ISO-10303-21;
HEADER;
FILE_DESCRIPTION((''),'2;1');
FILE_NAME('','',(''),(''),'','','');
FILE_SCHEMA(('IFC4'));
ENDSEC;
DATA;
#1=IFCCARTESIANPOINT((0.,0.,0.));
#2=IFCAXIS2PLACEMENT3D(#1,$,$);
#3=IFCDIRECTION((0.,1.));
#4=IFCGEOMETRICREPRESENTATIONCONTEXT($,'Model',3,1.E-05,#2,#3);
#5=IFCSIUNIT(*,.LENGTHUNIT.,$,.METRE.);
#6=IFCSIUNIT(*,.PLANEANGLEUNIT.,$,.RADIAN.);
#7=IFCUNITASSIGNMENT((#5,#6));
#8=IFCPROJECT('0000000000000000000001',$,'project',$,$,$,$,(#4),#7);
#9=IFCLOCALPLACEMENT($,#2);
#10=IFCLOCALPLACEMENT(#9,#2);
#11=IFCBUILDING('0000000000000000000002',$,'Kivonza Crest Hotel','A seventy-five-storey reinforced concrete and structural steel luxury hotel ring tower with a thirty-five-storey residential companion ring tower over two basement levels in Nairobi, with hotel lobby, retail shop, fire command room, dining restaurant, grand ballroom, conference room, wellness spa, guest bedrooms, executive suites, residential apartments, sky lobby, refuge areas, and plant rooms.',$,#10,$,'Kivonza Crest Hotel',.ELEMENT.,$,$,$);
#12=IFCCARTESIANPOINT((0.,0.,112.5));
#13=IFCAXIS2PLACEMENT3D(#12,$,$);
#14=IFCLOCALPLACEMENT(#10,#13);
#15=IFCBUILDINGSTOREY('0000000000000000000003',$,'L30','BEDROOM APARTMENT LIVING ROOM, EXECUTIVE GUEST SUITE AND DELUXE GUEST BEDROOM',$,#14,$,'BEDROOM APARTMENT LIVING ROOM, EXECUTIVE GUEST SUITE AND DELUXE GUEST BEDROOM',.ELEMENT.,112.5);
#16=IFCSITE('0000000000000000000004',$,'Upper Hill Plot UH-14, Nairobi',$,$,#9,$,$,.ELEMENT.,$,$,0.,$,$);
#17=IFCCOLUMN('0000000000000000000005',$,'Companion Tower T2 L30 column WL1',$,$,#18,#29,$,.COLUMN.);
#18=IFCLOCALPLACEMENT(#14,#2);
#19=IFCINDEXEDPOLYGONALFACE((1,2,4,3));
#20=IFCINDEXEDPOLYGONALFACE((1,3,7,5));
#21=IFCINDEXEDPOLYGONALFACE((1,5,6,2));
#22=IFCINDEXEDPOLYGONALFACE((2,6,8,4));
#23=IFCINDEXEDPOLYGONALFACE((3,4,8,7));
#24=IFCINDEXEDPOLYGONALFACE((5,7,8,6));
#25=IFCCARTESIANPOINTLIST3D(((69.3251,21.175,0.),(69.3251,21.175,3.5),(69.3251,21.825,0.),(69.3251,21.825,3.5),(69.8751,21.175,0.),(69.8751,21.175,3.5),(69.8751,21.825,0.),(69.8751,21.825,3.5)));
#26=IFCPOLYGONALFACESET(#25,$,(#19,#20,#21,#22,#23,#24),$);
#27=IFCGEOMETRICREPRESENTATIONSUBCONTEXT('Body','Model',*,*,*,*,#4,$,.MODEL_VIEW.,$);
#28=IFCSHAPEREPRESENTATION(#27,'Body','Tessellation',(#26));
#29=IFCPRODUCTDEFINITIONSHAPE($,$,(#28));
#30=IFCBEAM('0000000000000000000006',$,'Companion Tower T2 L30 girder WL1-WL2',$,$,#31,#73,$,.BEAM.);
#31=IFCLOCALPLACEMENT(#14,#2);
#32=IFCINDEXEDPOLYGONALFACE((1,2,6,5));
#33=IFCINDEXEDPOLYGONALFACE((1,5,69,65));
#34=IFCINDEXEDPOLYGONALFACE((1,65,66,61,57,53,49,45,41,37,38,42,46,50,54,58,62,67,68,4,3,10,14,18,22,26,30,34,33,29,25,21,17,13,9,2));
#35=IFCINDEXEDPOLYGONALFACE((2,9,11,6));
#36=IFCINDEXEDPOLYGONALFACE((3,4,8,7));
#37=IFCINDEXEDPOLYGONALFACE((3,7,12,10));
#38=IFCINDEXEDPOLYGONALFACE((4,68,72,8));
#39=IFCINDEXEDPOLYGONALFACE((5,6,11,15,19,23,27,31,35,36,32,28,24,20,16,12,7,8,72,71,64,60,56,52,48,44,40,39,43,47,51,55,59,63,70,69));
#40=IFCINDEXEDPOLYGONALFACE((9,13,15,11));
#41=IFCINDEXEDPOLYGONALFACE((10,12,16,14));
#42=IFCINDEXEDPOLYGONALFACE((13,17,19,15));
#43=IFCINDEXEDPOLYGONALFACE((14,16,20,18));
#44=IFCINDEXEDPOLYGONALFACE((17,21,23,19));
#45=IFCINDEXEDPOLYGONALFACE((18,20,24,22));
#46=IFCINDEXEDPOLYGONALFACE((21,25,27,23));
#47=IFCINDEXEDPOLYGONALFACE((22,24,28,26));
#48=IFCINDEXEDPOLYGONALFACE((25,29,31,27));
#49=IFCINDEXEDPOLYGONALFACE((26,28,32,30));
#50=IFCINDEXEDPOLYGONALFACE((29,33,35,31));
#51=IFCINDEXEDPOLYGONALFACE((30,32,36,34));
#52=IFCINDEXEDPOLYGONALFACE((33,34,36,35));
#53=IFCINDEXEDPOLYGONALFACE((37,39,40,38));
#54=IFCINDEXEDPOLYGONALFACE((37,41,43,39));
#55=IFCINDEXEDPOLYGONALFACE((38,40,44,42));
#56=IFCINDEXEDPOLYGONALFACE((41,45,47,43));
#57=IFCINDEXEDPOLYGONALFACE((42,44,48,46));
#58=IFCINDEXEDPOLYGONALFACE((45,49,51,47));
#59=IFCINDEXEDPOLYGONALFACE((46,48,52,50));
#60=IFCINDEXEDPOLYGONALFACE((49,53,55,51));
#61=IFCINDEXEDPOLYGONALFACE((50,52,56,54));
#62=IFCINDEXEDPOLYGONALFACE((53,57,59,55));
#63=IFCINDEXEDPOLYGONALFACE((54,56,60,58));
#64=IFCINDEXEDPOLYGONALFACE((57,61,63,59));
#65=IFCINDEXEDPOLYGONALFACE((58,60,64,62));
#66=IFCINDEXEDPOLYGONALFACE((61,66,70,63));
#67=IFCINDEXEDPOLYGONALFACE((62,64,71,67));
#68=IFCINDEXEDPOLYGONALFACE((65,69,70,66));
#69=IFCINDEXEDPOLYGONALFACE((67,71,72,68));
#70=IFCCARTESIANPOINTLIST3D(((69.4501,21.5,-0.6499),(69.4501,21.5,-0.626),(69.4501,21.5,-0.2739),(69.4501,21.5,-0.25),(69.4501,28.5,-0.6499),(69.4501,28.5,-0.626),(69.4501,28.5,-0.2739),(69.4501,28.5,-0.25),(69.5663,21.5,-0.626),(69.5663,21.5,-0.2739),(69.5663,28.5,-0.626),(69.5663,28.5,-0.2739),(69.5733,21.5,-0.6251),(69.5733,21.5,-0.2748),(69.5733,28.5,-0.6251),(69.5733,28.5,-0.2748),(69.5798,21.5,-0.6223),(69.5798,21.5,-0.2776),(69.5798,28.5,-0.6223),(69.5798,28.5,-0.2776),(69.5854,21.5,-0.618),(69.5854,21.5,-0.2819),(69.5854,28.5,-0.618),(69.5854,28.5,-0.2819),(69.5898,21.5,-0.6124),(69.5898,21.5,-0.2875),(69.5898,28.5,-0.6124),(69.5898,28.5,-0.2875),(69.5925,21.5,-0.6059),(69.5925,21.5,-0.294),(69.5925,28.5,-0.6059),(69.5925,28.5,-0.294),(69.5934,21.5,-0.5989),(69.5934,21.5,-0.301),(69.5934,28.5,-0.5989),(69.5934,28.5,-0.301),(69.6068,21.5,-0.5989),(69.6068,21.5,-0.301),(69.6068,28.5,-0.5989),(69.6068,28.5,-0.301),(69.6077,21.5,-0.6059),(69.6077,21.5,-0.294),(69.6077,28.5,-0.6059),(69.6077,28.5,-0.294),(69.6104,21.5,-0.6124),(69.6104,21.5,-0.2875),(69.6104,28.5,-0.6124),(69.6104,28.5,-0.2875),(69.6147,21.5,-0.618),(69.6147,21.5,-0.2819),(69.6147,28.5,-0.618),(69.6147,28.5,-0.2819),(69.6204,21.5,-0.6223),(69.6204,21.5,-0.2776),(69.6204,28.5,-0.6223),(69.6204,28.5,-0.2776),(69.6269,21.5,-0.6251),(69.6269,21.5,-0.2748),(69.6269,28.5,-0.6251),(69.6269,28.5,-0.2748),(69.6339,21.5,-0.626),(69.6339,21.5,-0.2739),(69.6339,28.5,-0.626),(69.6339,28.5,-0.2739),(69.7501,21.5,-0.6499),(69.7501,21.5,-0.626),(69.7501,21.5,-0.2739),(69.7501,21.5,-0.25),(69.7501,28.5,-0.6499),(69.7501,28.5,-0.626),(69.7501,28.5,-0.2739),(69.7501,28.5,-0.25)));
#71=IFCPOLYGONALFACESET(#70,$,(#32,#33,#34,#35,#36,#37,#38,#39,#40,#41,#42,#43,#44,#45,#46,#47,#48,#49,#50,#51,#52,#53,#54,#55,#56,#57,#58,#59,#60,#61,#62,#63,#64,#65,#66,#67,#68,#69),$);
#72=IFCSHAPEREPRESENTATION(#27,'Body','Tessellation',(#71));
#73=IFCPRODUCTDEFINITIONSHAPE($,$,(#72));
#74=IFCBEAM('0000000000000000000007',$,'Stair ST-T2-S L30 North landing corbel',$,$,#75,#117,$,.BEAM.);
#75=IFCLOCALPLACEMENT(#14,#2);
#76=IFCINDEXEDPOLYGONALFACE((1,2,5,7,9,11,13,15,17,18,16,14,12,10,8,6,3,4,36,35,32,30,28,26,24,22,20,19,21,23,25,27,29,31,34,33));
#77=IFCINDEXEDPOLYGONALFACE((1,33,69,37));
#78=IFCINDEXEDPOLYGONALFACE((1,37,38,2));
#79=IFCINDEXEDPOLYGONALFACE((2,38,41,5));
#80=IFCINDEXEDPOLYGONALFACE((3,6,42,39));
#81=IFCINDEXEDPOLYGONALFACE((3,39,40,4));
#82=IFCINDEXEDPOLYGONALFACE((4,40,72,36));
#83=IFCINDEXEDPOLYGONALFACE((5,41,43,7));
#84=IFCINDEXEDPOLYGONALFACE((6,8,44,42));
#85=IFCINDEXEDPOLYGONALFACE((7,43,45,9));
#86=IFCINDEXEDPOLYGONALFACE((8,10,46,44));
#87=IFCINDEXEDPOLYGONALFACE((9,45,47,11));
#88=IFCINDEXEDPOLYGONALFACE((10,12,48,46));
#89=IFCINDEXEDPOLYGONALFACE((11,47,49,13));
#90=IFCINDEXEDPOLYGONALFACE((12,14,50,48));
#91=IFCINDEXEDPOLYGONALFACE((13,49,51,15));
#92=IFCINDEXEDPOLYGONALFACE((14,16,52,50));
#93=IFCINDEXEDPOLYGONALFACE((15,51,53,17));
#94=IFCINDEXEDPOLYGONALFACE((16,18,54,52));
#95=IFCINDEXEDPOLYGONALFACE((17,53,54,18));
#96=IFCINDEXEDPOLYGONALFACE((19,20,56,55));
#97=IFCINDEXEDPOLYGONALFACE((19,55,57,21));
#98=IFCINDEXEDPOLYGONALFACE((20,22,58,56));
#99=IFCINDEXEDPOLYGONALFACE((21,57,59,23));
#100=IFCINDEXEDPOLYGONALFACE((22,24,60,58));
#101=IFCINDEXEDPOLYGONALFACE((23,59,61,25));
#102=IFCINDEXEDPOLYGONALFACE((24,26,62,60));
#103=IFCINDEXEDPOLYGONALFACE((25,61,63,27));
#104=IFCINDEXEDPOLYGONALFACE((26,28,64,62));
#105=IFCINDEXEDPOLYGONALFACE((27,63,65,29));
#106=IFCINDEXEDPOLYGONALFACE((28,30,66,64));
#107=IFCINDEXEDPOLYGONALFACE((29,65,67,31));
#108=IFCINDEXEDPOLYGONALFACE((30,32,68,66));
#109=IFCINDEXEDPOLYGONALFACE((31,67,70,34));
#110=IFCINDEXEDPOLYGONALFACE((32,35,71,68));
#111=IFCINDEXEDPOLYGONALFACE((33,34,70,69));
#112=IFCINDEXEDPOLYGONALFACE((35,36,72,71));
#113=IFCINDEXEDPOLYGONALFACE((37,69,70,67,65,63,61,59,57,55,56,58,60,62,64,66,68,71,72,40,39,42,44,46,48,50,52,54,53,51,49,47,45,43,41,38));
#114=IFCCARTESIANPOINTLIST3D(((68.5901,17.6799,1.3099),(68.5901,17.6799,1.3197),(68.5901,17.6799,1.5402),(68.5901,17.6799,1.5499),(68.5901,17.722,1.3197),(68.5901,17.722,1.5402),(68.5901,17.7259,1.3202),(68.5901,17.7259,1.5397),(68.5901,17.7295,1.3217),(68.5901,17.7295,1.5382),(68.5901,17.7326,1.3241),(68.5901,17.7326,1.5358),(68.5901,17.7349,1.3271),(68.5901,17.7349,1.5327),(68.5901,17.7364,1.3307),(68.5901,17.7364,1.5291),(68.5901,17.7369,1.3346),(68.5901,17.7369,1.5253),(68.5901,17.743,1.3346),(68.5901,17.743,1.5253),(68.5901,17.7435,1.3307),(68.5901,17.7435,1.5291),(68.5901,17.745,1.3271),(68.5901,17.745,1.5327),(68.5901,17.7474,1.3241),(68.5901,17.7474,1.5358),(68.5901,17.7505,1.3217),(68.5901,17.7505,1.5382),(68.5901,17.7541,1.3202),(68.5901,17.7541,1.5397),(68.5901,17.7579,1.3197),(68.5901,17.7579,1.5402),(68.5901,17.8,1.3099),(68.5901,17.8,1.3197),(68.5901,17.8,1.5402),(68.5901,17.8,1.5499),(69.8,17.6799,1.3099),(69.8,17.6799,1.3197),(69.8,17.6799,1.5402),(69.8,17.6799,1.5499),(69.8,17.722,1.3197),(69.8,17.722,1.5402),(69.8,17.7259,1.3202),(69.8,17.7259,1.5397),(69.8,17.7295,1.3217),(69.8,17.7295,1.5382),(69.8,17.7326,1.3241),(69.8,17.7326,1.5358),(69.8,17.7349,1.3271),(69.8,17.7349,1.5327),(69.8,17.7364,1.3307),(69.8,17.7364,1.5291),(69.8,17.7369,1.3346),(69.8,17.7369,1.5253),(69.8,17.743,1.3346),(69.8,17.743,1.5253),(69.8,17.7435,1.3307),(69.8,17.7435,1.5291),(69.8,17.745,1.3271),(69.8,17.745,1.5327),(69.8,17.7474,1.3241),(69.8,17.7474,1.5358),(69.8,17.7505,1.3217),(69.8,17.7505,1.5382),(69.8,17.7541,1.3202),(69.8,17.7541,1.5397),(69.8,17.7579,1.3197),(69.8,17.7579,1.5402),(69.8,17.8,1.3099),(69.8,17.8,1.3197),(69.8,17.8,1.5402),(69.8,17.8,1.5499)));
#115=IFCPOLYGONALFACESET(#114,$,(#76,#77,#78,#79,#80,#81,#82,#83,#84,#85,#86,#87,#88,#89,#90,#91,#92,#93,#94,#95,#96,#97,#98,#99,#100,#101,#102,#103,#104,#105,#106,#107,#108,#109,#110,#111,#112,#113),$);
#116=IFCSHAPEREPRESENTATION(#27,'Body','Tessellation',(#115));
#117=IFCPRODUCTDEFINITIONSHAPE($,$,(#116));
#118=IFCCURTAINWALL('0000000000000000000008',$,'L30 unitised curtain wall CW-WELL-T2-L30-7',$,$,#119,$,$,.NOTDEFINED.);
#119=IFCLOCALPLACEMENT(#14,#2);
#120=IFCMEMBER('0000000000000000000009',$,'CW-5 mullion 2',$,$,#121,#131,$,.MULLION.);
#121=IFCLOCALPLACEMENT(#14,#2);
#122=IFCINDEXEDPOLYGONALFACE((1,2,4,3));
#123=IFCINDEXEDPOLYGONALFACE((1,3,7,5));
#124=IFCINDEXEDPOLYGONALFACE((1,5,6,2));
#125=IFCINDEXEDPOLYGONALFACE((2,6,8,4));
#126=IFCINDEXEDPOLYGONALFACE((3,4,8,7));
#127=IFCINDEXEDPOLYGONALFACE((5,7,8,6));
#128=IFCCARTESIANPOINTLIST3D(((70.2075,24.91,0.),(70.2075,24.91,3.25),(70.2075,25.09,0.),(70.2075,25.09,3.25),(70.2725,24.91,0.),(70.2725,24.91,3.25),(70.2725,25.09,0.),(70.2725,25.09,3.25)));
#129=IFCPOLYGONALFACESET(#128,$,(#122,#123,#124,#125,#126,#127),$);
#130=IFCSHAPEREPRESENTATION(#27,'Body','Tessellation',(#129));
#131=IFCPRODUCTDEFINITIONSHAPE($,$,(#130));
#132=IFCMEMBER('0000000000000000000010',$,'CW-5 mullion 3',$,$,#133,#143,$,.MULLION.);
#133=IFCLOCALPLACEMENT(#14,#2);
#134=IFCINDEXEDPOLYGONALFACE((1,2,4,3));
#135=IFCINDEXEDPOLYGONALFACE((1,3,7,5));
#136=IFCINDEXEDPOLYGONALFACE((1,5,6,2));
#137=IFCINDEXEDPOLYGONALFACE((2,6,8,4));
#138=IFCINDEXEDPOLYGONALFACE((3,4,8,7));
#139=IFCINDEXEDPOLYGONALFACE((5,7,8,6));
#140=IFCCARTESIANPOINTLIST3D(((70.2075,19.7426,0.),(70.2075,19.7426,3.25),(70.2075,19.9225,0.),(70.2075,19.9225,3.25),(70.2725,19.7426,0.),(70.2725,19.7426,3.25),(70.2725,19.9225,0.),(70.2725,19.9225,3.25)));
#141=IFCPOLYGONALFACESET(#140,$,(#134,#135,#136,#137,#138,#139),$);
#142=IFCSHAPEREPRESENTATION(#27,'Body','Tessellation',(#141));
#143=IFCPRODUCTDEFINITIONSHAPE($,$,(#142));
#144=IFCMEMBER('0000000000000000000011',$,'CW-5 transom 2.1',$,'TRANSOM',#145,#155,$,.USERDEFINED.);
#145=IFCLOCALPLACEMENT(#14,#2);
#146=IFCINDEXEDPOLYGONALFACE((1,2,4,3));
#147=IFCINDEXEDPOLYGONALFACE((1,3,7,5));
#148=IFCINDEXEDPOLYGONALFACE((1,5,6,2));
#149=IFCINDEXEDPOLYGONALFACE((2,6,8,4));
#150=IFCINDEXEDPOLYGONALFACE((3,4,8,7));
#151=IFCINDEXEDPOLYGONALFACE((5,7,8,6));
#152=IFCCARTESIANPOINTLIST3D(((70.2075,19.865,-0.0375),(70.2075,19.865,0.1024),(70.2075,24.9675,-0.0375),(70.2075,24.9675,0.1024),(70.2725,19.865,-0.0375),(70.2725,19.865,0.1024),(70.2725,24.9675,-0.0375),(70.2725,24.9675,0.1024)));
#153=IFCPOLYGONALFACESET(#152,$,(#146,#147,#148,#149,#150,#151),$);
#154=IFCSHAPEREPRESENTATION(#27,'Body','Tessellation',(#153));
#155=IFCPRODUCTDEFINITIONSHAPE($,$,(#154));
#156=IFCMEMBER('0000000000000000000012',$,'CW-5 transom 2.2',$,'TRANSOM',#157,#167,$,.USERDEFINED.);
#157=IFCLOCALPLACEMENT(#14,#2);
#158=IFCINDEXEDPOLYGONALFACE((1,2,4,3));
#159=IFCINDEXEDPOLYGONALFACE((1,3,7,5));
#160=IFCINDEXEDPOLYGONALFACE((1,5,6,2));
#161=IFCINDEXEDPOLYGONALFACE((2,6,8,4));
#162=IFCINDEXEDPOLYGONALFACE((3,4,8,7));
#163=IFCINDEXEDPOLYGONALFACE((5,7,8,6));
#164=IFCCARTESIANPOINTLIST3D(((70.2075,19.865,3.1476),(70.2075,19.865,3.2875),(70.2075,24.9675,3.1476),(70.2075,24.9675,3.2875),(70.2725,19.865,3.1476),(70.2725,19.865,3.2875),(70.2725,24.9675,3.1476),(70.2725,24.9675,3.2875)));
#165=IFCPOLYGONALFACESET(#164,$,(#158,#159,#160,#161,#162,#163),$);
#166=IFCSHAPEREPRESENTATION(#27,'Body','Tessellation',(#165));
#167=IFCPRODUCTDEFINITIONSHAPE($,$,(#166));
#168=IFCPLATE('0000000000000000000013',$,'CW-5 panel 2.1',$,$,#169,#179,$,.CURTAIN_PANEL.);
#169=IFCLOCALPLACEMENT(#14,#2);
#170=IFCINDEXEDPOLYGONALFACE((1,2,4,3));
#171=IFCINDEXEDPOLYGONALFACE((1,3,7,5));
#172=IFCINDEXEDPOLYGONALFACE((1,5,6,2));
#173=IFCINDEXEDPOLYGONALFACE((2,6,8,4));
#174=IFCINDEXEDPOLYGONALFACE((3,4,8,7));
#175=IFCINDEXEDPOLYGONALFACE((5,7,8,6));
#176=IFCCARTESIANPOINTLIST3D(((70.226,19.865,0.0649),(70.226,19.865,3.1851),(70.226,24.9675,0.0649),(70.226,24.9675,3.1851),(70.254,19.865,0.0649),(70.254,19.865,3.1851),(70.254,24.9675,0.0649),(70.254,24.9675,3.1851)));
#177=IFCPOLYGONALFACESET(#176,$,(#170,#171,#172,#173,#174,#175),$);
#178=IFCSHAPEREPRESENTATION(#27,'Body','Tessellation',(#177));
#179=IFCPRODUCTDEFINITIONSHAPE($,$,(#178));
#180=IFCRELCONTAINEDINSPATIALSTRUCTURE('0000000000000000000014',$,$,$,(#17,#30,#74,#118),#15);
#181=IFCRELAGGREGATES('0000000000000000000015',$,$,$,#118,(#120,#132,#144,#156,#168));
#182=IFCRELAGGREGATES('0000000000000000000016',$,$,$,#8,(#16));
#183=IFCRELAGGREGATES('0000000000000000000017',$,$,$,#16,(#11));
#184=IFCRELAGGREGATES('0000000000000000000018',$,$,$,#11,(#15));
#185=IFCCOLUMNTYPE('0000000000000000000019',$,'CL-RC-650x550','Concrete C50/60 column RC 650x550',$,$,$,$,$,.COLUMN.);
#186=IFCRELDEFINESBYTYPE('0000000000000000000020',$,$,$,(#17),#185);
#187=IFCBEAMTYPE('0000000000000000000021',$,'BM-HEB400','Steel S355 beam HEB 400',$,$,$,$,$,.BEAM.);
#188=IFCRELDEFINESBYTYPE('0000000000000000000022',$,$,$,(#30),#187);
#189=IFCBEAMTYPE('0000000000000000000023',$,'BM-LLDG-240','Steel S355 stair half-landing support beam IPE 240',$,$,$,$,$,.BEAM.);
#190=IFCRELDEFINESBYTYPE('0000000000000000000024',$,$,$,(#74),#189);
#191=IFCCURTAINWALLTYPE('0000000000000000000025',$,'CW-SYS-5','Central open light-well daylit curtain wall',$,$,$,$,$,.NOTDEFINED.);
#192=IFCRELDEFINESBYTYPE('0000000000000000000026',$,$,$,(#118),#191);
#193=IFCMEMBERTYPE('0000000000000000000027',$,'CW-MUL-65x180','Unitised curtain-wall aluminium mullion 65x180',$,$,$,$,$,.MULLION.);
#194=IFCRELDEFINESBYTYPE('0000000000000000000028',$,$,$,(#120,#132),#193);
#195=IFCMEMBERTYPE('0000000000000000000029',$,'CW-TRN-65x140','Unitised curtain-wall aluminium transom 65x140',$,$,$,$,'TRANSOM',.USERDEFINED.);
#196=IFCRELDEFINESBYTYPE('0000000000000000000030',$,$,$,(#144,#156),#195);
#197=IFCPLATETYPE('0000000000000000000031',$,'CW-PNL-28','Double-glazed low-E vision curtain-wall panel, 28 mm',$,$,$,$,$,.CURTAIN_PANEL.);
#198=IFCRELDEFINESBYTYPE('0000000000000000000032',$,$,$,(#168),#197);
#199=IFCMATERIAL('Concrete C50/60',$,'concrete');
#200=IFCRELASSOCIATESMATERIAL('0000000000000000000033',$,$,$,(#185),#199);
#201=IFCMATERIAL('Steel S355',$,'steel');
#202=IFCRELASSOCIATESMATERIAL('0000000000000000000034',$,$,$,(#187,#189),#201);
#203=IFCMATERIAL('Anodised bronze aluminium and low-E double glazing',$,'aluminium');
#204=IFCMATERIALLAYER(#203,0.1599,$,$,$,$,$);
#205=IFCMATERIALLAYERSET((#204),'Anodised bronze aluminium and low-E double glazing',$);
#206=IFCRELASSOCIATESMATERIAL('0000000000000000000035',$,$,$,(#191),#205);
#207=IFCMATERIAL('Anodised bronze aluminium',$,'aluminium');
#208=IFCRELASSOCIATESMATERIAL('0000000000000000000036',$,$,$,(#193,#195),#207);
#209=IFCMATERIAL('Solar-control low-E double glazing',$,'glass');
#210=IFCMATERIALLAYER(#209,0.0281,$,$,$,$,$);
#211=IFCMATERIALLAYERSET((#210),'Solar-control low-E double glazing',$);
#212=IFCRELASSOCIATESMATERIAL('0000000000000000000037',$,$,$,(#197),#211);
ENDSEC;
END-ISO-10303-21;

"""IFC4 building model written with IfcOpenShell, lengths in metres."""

from ifc_helpers import new_model, si_unit, direction, frame, origin, origin_2d, place, context, subcontext, project, spatial, rectangle, i_section, extrude, material, layer, layer_set, material_profile, profile_set, type_object, element, aggregate, save


model = new_model("IFC4")

# Units and contexts
model_context = context("Model", 3, precision=1e-05, world=origin(), true_north=direction((0.0, 1.0)))
body_context = subcontext(model_context, "Body", "Model", "MODEL_VIEW")
ifc_project = project(units=[si_unit("LENGTHUNIT", "METRE"), si_unit("PLANEANGLEUNIT", "RADIAN")], contexts=[model_context])

# Site, building, storey
site_placement = place(None, origin())
site = spatial("IfcSite", under=ifc_project, at=site_placement, Name="Upper Hill Plot UH-14, Nairobi", CompositionType="ELEMENT", RefElevation=0.0)
building_placement = place(site_placement, origin())
building = spatial("IfcBuilding", under=site, at=building_placement, Name="Kivonza Crest Hotel", Description="A seventy-five-storey reinforced concrete and structural steel luxury hotel ring tower with a thirty-five-storey residential companion ring tower over two basement levels in Nairobi, with hotel lobby, retail shop, fire command room, dining restaurant, grand ballroom, conference room, wellness spa, guest bedrooms, executive suites, residential apartments, sky lobby, refuge areas, and plant rooms.", LongName="Kivonza Crest Hotel", CompositionType="ELEMENT")
storey_placement = place(building_placement, frame((0.0, 0.0, 112.5)))
storey = spatial("IfcBuildingStorey", under=building, at=storey_placement, Name="L30", Description="BEDROOM APARTMENT LIVING ROOM, EXECUTIVE GUEST SUITE AND DELUXE GUEST BEDROOM", LongName="BEDROOM APARTMENT LIVING ROOM, EXECUTIVE GUEST SUITE AND DELUXE GUEST BEDROOM", CompositionType="ELEMENT", Elevation=112.5)

# Column
ifc_material_1 = material(Name="Concrete C50/60", Category="concrete")
ifc_material_profile_1 = material_profile(ifc_material_1, rectangle(XDim=0.55, YDim=0.6499, at=origin_2d()), Name="RC 650x550")
ifc_profile_set_1 = profile_set([ifc_material_profile_1], Name="Concrete C50/60")
column_type = type_object("IfcColumnType", Name="CL-RC-650x550", Description="Concrete C50/60 column RC 650x550", PredefinedType="COLUMN", material=ifc_profile_set_1)
column_placement = place(storey_placement, frame((69.6001, 21.5, 0.0), z_axis=(0.0, 0.0, 1.0), x_axis=(1.0, 0.0, 0.0)))
element("IfcColumn", 1, at=column_placement, inside=storey, type_object=column_type, Name="Companion Tower T2 L30 column WL1", PredefinedType="COLUMN", context=body_context, shape_type="SweptSolid", body=[
    extrude(rectangle(XDim=0.55, YDim=0.6499, at=origin_2d()), origin(), (0.0, 0.0, 1.0), 3.5),
])

# Beams
ifc_material_2 = material(Name="Steel S355", Category="steel")
ifc_material_profile_2 = material_profile(ifc_material_2, i_section(OverallWidth=0.3, OverallDepth=0.3999, WebThickness=0.0134, FlangeThickness=0.0239, FilletRadius=0.0271, at=origin_2d()), Name="HEB 400")
ifc_profile_set_2 = profile_set([ifc_material_profile_2], Name="Steel S355")
beam_type_1 = type_object("IfcBeamType", Name="BM-HEB400", Description="Steel S355 beam HEB 400", PredefinedType="BEAM", material=ifc_profile_set_2)
beam_1_placement = place(storey_placement, frame((69.6001, 21.5, -0.45), z_axis=(0.0, 1.0, 0.0), x_axis=(-1.0, 0.0, 0.0)))
element("IfcBeam", 2, at=beam_1_placement, inside=storey, type_object=beam_type_1, Name="Companion Tower T2 L30 girder WL1-WL2", PredefinedType="BEAM", context=body_context, shape_type="SweptSolid", body=[
    extrude(i_section(OverallWidth=0.3, OverallDepth=0.3999, WebThickness=0.0134, FlangeThickness=0.0239, FilletRadius=0.0271, at=origin_2d()), origin(), (0.0, 0.0, 1.0), 7.0),
])
ifc_material_profile_3 = material_profile(ifc_material_2, i_section(OverallWidth=0.1201, OverallDepth=0.24, WebThickness=0.0061, FlangeThickness=0.0098, FilletRadius=0.0149, at=origin_2d()), Name="IPE 240")
ifc_profile_set_3 = profile_set([ifc_material_profile_3], Name="Steel S355")
beam_type_2 = type_object("IfcBeamType", Name="BM-LLDG-240", Description="Steel S355 stair half-landing support beam IPE 240", PredefinedType="BEAM", material=ifc_profile_set_3)
beam_2_placement = place(storey_placement, frame((68.5901, 17.74, 1.4299), z_axis=(1.0, 0.0, 0.0), x_axis=(0.0, 1.0, 0.0)))
element("IfcBeam", 3, at=beam_2_placement, inside=storey, type_object=beam_type_2, Name="Stair ST-T2-S L30 North landing corbel", PredefinedType="BEAM", context=body_context, shape_type="SweptSolid", body=[
    extrude(i_section(OverallWidth=0.1201, OverallDepth=0.24, WebThickness=0.0061, FlangeThickness=0.0098, FilletRadius=0.0149, at=origin_2d()), origin(), (0.0, 0.0, 1.0), 1.21),
])

# Curtain wall, members, plate
ifc_material_3 = material(Name="Anodised bronze aluminium and low-E double glazing", Category="aluminium")
ifc_layer_1 = layer(ifc_material_3, 0.1599)
ifc_layer_set_1 = layer_set([ifc_layer_1], Name="Anodised bronze aluminium and low-E double glazing")
curtain_wall_type = type_object("IfcCurtainWallType", Name="CW-SYS-5", Description="Central open light-well daylit curtain wall", PredefinedType="NOTDEFINED", material=ifc_layer_set_1)
curtain_wall_placement = place(storey_placement, origin())
curtain_wall = element("IfcCurtainWall", 4, at=curtain_wall_placement, inside=storey, type_object=curtain_wall_type, Name="L30 unitised curtain wall CW-WELL-T2-L30-7", PredefinedType="NOTDEFINED")
ifc_material_4 = material(Name="Anodised bronze aluminium", Category="aluminium")
ifc_material_profile_4 = material_profile(ifc_material_4, rectangle(XDim=0.0649, YDim=0.1799, at=origin_2d()), Name="CW-M 65x180")
ifc_profile_set_4 = profile_set([ifc_material_profile_4], Name="Anodised bronze aluminium")
member_type_1 = type_object("IfcMemberType", Name="CW-MUL-65x180", Description="Unitised curtain-wall aluminium mullion 65x180", PredefinedType="MULLION", material=ifc_profile_set_4)
member_1_placement = place(storey_placement, frame((70.24, 25.0, 0.0), z_axis=(0.0, 0.0, 1.0), x_axis=(1.0, 0.0, 0.0)))
member_1 = element("IfcMember", 5, at=member_1_placement, type_object=member_type_1, Name="CW-5 mullion 2", PredefinedType="MULLION", context=body_context, shape_type="SweptSolid", body=[
    extrude(rectangle(XDim=0.0649, YDim=0.1799, at=origin_2d()), origin(), (0.0, 0.0, 1.0), 3.25),
])
member_2_placement = place(storey_placement, frame((70.24, 19.8325, 0.0), z_axis=(0.0, 0.0, 1.0), x_axis=(1.0, 0.0, 0.0)))
member_2 = element("IfcMember", 6, at=member_2_placement, type_object=member_type_1, Name="CW-5 mullion 3", PredefinedType="MULLION", context=body_context, shape_type="SweptSolid", body=[
    extrude(rectangle(XDim=0.0649, YDim=0.1799, at=origin_2d()), origin(), (0.0, 0.0, 1.0), 3.25),
])
ifc_material_profile_5 = material_profile(ifc_material_4, rectangle(XDim=0.0649, YDim=0.1399, at=origin_2d()), Name="CW-T 65x140")
ifc_profile_set_5 = profile_set([ifc_material_profile_5], Name="Anodised bronze aluminium")
member_type_2 = type_object("IfcMemberType", Name="CW-TRN-65x140", Description="Unitised curtain-wall aluminium transom 65x140", ElementType="TRANSOM", PredefinedType="USERDEFINED", material=ifc_profile_set_5)
member_3_placement = place(storey_placement, frame((70.24, 24.9675, 0.0325), z_axis=(0.0, -1.0, 0.0), x_axis=(1.0, 0.0, 0.0)))
member_3 = element("IfcMember", 7, at=member_3_placement, type_object=member_type_2, Name="CW-5 transom 2.1", ObjectType="TRANSOM", PredefinedType="USERDEFINED", context=body_context, shape_type="SweptSolid", body=[
    extrude(rectangle(XDim=0.0649, YDim=0.1399, at=origin_2d()), origin(), (0.0, 0.0, 1.0), 5.1025),
])
member_4_placement = place(storey_placement, frame((70.24, 24.9675, 3.2175), z_axis=(0.0, -1.0, 0.0), x_axis=(1.0, 0.0, 0.0)))
member_4 = element("IfcMember", 8, at=member_4_placement, type_object=member_type_2, Name="CW-5 transom 2.2", ObjectType="TRANSOM", PredefinedType="USERDEFINED", context=body_context, shape_type="SweptSolid", body=[
    extrude(rectangle(XDim=0.0649, YDim=0.1399, at=origin_2d()), origin(), (0.0, 0.0, 1.0), 5.1025),
])
ifc_material_5 = material(Name="Solar-control low-E double glazing", Category="glass")
ifc_layer_2 = layer(ifc_material_5, 0.0281)
ifc_layer_set_2 = layer_set([ifc_layer_2], Name="Solar-control low-E double glazing")
plate_type = type_object("IfcPlateType", Name="CW-PNL-28", Description="Double-glazed low-E vision curtain-wall panel, 28 mm", PredefinedType="CURTAIN_PANEL", material=ifc_layer_set_2)
plate_placement = place(storey_placement, frame((70.24, 22.4163, 0.0649), z_axis=(0.0, 0.0, 1.0), x_axis=(0.0, -1.0, 0.0)))
plate = element("IfcPlate", 9, at=plate_placement, type_object=plate_type, Name="CW-5 panel 2.1", PredefinedType="CURTAIN_PANEL", context=body_context, shape_type="SweptSolid", body=[
    extrude(rectangle(XDim=5.1025, YDim=0.0281, at=origin_2d()), origin(), (0.0, 0.0, 1.0), 3.1201),
])
aggregate(curtain_wall, [member_1, member_2, member_3, member_4, plate])

save(model, "model.ifc")
